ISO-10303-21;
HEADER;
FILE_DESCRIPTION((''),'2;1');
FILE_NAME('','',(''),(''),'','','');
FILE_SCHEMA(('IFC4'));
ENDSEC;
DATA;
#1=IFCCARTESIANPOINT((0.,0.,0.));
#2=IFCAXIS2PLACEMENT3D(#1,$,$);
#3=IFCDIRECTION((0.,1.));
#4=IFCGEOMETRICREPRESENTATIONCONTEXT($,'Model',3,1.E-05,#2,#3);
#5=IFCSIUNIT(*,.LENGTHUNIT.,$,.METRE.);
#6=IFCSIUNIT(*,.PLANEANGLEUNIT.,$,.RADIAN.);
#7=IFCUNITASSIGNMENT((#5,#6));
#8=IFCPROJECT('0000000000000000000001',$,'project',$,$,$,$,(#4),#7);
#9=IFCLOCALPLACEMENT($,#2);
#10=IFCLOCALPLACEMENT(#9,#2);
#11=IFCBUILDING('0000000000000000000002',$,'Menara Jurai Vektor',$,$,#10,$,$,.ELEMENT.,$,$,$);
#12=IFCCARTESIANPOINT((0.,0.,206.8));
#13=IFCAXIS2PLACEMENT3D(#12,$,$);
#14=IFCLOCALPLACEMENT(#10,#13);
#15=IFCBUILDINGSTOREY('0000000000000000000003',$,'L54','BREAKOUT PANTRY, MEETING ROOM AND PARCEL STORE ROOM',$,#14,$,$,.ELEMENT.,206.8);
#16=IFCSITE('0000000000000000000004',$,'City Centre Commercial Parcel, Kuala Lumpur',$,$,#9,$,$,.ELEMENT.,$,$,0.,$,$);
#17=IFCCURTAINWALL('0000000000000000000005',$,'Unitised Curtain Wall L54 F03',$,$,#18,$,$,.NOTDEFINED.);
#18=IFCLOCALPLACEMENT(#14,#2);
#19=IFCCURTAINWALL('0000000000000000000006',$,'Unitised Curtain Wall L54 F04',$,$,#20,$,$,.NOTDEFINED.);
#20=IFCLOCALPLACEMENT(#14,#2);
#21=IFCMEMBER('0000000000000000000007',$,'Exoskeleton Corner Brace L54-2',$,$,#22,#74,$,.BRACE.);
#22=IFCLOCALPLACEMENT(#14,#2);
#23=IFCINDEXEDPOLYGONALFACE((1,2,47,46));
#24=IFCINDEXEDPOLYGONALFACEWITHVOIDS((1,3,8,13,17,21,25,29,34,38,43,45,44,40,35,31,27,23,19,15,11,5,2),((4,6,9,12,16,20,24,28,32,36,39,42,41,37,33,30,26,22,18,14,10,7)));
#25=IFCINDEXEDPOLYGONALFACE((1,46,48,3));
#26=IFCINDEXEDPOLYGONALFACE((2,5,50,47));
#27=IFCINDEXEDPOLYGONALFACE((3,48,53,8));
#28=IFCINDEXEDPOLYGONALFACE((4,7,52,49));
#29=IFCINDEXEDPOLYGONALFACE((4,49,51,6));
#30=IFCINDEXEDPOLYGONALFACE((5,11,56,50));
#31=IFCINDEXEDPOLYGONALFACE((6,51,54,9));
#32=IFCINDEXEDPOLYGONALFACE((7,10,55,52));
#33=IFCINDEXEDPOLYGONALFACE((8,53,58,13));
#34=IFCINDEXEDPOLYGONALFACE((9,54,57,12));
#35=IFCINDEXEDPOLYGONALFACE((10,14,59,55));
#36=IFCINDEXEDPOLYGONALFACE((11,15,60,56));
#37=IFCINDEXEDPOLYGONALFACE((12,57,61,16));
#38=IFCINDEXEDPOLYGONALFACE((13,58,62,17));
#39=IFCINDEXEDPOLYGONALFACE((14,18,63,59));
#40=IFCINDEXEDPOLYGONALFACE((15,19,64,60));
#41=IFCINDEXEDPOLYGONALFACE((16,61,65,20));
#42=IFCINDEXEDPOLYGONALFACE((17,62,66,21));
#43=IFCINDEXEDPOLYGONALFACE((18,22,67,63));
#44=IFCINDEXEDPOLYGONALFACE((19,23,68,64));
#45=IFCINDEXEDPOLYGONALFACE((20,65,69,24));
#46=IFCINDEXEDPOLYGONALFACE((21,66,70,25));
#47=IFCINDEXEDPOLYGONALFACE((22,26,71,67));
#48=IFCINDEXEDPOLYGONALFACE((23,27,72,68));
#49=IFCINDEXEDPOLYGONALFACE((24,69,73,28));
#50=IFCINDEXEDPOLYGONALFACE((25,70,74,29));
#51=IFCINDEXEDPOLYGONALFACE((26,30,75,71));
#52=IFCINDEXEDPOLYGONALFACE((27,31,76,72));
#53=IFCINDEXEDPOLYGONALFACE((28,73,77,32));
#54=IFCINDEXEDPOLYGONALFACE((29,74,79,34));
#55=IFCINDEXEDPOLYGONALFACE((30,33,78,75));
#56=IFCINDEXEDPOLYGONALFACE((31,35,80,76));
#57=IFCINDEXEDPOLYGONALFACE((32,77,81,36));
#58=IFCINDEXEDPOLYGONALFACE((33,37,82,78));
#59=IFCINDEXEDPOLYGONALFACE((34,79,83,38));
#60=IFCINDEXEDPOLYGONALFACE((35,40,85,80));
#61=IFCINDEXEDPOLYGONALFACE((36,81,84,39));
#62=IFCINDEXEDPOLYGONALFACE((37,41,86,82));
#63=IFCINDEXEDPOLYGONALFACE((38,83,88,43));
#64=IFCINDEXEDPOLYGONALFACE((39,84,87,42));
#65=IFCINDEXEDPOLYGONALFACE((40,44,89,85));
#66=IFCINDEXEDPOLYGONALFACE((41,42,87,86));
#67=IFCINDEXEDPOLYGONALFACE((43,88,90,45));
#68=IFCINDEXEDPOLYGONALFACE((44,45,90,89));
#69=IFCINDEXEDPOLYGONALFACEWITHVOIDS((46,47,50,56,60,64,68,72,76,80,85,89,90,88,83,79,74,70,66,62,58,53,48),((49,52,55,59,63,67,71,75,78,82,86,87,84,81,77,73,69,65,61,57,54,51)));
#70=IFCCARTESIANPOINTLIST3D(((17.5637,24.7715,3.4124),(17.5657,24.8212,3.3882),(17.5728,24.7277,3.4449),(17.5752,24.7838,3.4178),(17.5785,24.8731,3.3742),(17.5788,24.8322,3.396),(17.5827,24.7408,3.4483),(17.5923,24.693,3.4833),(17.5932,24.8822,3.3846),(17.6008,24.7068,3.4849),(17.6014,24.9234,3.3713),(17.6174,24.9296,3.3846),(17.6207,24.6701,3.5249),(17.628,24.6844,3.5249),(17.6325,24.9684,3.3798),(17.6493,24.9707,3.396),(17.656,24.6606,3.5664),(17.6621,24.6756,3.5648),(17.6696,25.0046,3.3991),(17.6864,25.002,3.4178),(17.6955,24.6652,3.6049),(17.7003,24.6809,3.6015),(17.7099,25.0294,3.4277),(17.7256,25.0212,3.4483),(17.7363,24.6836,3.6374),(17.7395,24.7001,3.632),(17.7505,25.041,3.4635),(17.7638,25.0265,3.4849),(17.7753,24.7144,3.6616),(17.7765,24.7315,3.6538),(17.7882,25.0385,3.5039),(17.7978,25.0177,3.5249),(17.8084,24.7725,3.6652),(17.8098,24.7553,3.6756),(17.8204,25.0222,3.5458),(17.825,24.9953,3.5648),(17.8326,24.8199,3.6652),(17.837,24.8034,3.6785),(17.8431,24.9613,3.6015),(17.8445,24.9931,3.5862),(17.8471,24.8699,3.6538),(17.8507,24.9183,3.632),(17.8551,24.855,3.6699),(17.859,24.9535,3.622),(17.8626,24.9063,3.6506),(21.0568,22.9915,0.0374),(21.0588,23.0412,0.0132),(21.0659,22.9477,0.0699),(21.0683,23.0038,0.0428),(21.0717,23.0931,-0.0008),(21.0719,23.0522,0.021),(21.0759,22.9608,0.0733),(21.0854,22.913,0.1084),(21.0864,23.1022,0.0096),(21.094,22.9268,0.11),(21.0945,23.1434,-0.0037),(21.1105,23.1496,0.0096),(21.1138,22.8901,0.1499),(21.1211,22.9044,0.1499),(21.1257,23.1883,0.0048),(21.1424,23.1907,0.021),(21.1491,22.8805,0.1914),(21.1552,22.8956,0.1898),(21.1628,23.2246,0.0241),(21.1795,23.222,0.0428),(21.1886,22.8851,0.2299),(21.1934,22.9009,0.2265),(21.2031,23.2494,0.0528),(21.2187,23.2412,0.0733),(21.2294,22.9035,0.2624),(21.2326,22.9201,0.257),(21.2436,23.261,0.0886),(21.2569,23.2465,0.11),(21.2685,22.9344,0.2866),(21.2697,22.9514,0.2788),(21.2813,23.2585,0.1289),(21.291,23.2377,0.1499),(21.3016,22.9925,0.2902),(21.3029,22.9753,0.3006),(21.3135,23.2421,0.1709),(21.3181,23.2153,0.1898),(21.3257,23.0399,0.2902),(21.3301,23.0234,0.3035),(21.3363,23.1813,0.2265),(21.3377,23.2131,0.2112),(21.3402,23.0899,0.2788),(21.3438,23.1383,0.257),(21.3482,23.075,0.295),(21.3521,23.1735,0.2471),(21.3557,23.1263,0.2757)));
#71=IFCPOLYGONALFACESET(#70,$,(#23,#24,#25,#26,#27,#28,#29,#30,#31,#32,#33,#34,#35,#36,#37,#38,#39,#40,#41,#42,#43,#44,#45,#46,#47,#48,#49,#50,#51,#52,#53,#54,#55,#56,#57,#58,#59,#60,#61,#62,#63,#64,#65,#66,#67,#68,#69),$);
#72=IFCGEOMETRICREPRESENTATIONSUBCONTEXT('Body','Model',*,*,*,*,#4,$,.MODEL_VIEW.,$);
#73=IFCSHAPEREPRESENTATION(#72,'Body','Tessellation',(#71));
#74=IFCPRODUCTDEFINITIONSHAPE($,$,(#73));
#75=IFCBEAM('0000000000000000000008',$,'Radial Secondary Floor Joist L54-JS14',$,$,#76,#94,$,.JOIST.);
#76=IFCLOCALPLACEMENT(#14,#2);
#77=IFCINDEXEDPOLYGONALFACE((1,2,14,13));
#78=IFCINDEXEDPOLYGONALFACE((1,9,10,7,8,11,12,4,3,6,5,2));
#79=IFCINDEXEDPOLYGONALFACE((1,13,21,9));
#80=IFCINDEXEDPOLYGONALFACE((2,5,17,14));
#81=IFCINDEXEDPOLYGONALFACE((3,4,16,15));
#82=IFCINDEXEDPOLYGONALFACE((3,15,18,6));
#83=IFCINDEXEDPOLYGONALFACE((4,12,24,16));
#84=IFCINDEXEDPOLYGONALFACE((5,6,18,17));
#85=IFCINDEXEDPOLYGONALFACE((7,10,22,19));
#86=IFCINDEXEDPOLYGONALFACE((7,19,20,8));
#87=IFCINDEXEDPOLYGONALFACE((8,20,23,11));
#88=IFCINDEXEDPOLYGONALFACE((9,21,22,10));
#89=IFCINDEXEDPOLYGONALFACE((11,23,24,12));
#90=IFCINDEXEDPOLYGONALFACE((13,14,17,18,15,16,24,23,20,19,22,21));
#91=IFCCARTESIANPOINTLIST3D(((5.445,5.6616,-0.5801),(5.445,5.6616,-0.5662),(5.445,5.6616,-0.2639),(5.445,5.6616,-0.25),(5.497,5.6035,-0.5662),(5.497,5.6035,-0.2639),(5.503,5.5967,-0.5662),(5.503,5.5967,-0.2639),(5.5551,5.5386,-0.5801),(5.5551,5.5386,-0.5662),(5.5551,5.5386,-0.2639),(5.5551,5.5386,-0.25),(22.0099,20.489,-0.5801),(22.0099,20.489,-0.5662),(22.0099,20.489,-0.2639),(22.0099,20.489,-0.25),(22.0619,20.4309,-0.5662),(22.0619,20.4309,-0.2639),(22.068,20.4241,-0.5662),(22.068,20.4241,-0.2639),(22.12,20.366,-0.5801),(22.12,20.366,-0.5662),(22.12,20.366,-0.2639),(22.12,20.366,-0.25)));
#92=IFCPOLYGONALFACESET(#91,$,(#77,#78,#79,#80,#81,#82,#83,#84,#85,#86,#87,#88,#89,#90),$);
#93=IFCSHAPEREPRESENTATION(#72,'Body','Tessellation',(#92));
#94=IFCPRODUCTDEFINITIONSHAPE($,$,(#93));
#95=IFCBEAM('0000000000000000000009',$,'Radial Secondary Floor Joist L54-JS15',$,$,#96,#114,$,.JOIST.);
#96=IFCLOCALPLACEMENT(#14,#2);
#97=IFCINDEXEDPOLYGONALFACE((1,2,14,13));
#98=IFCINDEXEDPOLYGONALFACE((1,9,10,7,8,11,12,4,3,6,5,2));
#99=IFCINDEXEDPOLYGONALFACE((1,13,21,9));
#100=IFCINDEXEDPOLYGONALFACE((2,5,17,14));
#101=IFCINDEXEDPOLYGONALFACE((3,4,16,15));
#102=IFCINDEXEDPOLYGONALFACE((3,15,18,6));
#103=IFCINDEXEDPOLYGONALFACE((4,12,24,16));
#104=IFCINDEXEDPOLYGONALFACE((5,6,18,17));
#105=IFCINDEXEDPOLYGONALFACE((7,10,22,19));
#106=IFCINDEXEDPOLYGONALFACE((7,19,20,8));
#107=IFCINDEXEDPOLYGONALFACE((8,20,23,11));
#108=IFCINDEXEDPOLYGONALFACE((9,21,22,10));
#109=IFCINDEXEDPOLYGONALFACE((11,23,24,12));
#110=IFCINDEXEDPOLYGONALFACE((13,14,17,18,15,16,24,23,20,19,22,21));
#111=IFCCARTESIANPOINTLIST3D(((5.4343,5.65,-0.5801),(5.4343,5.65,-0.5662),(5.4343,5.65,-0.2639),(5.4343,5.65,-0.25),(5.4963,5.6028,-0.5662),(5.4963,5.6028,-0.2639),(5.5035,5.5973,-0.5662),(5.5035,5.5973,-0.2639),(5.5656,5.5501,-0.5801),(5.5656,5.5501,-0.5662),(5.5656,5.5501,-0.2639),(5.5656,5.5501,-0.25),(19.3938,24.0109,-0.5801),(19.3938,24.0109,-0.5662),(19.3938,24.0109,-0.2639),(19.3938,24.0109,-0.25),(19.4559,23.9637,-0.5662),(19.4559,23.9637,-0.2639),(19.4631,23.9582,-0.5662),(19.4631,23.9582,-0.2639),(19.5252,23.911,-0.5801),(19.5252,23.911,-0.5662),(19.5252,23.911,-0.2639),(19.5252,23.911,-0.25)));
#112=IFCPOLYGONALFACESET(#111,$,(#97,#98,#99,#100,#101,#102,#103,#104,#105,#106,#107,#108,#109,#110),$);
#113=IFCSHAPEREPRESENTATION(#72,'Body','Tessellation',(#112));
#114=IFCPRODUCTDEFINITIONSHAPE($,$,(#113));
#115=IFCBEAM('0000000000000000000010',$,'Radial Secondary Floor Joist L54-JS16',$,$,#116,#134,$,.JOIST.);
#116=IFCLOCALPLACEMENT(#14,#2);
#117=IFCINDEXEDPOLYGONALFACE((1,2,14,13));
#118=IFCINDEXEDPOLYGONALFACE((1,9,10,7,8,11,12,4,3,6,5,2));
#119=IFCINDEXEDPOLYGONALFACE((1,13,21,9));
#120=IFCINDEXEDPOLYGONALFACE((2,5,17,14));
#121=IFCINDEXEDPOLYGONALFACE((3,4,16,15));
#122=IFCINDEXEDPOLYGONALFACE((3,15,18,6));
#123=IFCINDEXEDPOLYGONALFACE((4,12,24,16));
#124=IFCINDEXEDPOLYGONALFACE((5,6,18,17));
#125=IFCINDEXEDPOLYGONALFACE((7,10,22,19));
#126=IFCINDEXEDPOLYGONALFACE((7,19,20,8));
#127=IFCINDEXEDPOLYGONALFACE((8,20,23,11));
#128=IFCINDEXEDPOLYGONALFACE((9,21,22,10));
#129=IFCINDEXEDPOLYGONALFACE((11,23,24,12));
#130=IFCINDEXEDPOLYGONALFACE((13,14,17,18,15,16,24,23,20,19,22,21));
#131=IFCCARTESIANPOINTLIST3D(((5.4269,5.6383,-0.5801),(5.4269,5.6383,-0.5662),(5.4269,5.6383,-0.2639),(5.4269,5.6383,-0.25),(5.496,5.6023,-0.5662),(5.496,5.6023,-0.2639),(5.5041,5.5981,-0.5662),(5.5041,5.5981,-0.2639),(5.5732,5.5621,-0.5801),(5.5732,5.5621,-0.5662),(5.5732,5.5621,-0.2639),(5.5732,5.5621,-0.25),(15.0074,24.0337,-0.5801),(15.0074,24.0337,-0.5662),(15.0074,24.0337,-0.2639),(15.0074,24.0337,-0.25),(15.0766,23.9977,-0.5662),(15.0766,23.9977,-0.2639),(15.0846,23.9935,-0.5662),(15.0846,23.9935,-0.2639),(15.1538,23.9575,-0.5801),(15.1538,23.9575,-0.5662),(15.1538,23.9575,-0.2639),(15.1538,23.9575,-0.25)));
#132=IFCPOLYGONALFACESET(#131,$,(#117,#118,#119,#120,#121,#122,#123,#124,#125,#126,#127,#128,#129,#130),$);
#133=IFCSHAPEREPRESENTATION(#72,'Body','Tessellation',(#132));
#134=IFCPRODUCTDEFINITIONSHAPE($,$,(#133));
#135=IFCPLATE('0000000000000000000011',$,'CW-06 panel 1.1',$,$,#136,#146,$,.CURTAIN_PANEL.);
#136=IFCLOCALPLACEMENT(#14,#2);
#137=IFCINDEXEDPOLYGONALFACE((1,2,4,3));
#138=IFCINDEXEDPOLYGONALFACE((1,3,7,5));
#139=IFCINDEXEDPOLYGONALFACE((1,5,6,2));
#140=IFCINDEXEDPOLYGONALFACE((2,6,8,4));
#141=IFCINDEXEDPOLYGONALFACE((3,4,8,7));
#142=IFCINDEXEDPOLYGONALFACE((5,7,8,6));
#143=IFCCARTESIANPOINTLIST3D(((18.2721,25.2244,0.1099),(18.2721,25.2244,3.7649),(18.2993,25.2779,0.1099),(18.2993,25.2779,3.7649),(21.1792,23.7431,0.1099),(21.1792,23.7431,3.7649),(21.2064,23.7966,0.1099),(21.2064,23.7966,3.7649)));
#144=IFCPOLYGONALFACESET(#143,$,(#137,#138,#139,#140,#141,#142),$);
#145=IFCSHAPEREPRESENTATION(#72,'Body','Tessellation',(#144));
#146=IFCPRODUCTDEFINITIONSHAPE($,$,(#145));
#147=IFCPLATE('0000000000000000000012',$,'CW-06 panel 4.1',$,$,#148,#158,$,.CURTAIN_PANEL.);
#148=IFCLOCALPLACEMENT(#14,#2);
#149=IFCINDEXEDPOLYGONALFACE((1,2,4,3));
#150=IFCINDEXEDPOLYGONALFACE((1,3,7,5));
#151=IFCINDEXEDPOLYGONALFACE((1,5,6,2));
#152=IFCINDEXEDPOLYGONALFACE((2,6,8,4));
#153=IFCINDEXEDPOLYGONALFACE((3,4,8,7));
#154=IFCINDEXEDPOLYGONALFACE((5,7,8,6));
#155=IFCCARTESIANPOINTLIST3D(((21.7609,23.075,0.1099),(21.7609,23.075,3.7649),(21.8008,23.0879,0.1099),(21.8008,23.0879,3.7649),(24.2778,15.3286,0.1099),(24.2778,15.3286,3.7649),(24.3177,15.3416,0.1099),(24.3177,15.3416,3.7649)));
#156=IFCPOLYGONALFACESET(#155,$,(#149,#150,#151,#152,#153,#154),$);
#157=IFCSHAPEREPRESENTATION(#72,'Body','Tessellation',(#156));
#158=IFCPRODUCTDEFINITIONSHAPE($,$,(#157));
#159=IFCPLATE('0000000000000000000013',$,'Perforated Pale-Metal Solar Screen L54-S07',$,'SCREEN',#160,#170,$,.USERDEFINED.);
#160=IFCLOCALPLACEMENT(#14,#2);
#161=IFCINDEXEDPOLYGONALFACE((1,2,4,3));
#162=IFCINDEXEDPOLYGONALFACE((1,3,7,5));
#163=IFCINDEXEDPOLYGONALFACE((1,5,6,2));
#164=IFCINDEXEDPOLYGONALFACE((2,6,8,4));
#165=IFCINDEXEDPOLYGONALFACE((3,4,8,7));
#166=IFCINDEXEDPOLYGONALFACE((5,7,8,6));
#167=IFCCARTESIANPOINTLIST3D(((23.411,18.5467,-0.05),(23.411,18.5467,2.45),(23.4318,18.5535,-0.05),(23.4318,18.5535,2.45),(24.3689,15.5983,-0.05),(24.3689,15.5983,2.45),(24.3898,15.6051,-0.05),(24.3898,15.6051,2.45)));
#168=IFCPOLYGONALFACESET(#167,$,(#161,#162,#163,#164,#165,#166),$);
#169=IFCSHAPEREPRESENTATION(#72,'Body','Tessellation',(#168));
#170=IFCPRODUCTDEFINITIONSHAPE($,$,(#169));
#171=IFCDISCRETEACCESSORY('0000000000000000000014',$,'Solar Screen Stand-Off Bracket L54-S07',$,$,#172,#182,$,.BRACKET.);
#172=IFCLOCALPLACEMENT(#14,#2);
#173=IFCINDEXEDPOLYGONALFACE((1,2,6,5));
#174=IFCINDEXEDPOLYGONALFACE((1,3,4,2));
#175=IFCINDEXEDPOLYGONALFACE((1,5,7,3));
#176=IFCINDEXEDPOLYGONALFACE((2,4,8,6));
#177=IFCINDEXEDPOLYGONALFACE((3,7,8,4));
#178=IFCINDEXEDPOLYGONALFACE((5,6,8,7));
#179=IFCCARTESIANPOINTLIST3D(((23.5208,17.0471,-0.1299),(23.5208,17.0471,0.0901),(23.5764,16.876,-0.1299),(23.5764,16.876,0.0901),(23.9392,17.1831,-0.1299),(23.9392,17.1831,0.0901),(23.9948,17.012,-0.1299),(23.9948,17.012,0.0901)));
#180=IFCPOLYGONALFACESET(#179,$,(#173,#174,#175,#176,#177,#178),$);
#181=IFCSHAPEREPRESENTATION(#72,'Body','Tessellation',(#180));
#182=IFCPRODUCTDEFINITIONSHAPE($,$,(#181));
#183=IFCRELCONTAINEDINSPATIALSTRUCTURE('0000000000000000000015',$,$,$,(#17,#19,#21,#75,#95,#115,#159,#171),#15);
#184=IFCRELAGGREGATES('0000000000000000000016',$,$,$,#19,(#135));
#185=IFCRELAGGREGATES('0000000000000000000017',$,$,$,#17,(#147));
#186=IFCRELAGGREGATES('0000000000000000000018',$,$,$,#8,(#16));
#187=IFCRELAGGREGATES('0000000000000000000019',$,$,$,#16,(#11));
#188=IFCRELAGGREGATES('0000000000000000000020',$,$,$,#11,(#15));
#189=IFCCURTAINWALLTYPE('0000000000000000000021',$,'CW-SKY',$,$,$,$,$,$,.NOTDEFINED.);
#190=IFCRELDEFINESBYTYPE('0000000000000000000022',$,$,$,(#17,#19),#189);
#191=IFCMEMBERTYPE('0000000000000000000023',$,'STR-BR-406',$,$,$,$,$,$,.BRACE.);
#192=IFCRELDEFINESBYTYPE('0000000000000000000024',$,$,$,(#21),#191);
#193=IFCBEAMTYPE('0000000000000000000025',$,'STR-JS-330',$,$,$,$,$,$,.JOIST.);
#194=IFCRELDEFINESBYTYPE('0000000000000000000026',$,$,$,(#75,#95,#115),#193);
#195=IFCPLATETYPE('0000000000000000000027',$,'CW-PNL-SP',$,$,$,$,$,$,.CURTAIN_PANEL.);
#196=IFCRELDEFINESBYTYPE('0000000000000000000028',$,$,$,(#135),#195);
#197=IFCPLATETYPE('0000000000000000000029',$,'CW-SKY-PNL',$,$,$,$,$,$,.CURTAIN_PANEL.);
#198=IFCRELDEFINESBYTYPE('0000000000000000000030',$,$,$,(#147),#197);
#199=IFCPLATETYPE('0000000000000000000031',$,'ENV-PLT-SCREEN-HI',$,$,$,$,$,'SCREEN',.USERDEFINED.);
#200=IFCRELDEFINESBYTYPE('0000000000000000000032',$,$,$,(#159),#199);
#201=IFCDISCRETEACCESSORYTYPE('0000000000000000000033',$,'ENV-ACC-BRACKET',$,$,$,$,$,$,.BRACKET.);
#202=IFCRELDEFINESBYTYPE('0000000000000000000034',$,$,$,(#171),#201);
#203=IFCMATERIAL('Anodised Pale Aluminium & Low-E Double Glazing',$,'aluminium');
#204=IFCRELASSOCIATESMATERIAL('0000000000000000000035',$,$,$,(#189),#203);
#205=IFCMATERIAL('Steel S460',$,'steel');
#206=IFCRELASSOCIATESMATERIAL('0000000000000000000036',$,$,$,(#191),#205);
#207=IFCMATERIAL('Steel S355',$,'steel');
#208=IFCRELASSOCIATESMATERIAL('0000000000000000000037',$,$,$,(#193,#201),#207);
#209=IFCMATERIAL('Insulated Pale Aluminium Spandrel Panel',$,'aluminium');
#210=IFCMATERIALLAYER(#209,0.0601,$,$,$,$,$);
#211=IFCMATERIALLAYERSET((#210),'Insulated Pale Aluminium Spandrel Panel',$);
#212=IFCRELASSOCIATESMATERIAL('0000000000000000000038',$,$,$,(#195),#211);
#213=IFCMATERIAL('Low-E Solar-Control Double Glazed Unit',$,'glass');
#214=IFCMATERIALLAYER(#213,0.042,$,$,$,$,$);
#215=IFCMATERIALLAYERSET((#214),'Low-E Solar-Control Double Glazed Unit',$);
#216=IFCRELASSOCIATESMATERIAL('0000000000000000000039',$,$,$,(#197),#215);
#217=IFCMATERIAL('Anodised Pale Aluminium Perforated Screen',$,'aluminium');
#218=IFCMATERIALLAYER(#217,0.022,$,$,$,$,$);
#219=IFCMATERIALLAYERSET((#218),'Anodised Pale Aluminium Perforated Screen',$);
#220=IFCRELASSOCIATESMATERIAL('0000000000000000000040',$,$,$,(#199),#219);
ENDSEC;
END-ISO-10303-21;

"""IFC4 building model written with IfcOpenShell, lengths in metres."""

from ifc_helpers import new_model, si_unit, direction, frame, origin, origin_2d, place, context, subcontext, project, spatial, rectangle, hollow_circle, i_section, extrude, material, layer, layer_set, material_profile, profile_set, type_object, element, aggregate, save


model = new_model("IFC4")

# Units and contexts
model_context = context("Model", 3, precision=1e-05, world=origin(), true_north=direction((0.0, 1.0)))
body_context = subcontext(model_context, "Body", "Model", "MODEL_VIEW")
ifc_project = project(units=[si_unit("LENGTHUNIT", "METRE"), si_unit("PLANEANGLEUNIT", "RADIAN")], contexts=[model_context])

# Site, building, storey
site_placement = place(None, origin())
site = spatial("IfcSite", under=ifc_project, at=site_placement, Name="City Centre Commercial Parcel, Kuala Lumpur", CompositionType="ELEMENT", RefElevation=0.0)
building_placement = place(site_placement, origin())
building = spatial("IfcBuilding", under=site, at=building_placement, Name="Menara Jurai Vektor", CompositionType="ELEMENT")
storey_placement = place(building_placement, frame((0.0, 0.0, 206.8)))
storey = spatial("IfcBuildingStorey", under=building, at=storey_placement, Name="L54", Description="BREAKOUT PANTRY, MEETING ROOM AND PARCEL STORE ROOM", CompositionType="ELEMENT", Elevation=206.8)

# Shared definitions
ifc_material_1 = material(Name="Steel S460", Category="steel")

# Curtain wall
ifc_material_2 = material(Name="Anodised Pale Aluminium & Low-E Double Glazing", Category="aluminium")
curtain_wall_type = type_object("IfcCurtainWallType", Name="CW-SKY", PredefinedType="NOTDEFINED", material=ifc_material_2)
curtain_wall_1_placement = place(storey_placement, origin())
curtain_wall_1 = element("IfcCurtainWall", 1, at=curtain_wall_1_placement, inside=storey, type_object=curtain_wall_type, Name="Unitised Curtain Wall L54 F03", PredefinedType="NOTDEFINED")

# Curtain wall
curtain_wall_2_placement = place(storey_placement, origin())
curtain_wall_2 = element("IfcCurtainWall", 2, at=curtain_wall_2_placement, inside=storey, type_object=curtain_wall_type, Name="Unitised Curtain Wall L54 F04", PredefinedType="NOTDEFINED")

# Shared definitions
ifc_material_3 = material(Name="Steel S355", Category="steel")

# Member
ifc_material_profile_1 = material_profile(ifc_material_1, hollow_circle(Radius=0.2031, WallThickness=0.0161, at=origin_2d()), Name="CHS 406.4x16")
ifc_profile_set_1 = profile_set([ifc_material_profile_1], Name="Steel S460")
member_type_1 = type_object("IfcMemberType", Name="STR-BR-406", PredefinedType="BRACE", material=ifc_profile_set_1)
member_1_placement = place(storey_placement, frame((21.2061, 23.071, 0.1499), z_axis=(-0.675251, 0.344091, 0.652409), x_axis=(-0.454026, -0.890989, 0.0)))
element("IfcMember", 3, at=member_1_placement, inside=storey, type_object=member_type_1, Name="Exoskeleton Corner Brace L54-2", PredefinedType="BRACE", context=body_context, shape_type="SweptSolid", body=[
    extrude(hollow_circle(Radius=0.2031, WallThickness=0.0161, at=origin_2d()), origin(), (0.0, 0.0, 1.0), 5.1731),
])

# Beams
ifc_material_profile_2 = material_profile(ifc_material_3, i_section(OverallWidth=0.165, OverallDepth=0.3301, WebThickness=0.009, FlangeThickness=0.0139, at=origin_2d()), Name="PG 330x165x46")
ifc_profile_set_2 = profile_set([ifc_material_profile_2], Name="Steel S355")
beam_type_1 = type_object("IfcBeamType", Name="STR-JS-330", PredefinedType="JOIST", material=ifc_profile_set_2)
beam_1_placement = place(storey_placement, frame((22.0649, 20.4275, -0.415), z_axis=(-0.745104, -0.666948, 0.0), x_axis=(0.666948, -0.745104, 0.0)))
element("IfcBeam", 4, at=beam_1_placement, inside=storey, type_object=beam_type_1, Name="Radial Secondary Floor Joist L54-JS14", PredefinedType="JOIST", context=body_context, shape_type="SweptSolid", body=[
    extrude(i_section(OverallWidth=0.165, OverallDepth=0.3301, WebThickness=0.009, FlangeThickness=0.0139, at=origin_2d()), origin(), (0.0, 0.0, 1.0), 22.2317),
])
beam_2_placement = place(storey_placement, frame((19.4595, 23.9609, -0.415), z_axis=(-0.605227, -0.796053, 0.0), x_axis=(0.796053, -0.605227, 0.0)))
element("IfcBeam", 5, at=beam_2_placement, inside=storey, type_object=beam_type_1, Name="Radial Secondary Floor Joist L54-JS15", PredefinedType="JOIST", context=body_context, shape_type="SweptSolid", body=[
    extrude(i_section(OverallWidth=0.165, OverallDepth=0.3301, WebThickness=0.009, FlangeThickness=0.0139, at=origin_2d()), origin(), (0.0, 0.0, 1.0), 23.0649),
])
beam_3_placement = place(storey_placement, frame((15.0806, 23.9956, -0.415), z_axis=(-0.461918, -0.886923, 0.0), x_axis=(0.886923, -0.461918, 0.0)))
element("IfcBeam", 6, at=beam_3_placement, inside=storey, type_object=beam_type_1, Name="Radial Secondary Floor Joist L54-JS16", PredefinedType="JOIST", context=body_context, shape_type="SweptSolid", body=[
    extrude(i_section(OverallWidth=0.165, OverallDepth=0.3301, WebThickness=0.009, FlangeThickness=0.0139, at=origin_2d()), origin(), (0.0, 0.0, 1.0), 20.7407),
])

# Plates
ifc_material_4 = material(Name="Insulated Pale Aluminium Spandrel Panel", Category="aluminium")
ifc_layer_1 = layer(ifc_material_4, 0.0601)
ifc_layer_set_1 = layer_set([ifc_layer_1], Name="Insulated Pale Aluminium Spandrel Panel")
plate_type_1 = type_object("IfcPlateType", Name="CW-PNL-SP", PredefinedType="CURTAIN_PANEL", material=ifc_layer_set_1)
plate_1_placement = place(storey_placement, frame((19.7393, 24.5105, 0.1099), z_axis=(0.0, 0.0, 1.0), x_axis=(-0.891008, 0.453989, 0.0)))
plate_1 = element("IfcPlate", 7, at=plate_1_placement, type_object=plate_type_1, Name="CW-06 panel 1.1", PredefinedType="CURTAIN_PANEL", context=body_context, shape_type="SweptSolid", body=[
    extrude(rectangle(XDim=3.2627, YDim=0.0601, at=origin_2d()), origin(), (0.0, 0.0, 1.0), 3.655),
])
aggregate(curtain_wall_2, [plate_1])
ifc_material_5 = material(Name="Low-E Solar-Control Double Glazed Unit", Category="glass")
ifc_layer_2 = layer(ifc_material_5, 0.042)
ifc_layer_set_2 = layer_set([ifc_layer_2], Name="Low-E Solar-Control Double Glazed Unit")
plate_type_2 = type_object("IfcPlateType", Name="CW-SKY-PNL", PredefinedType="CURTAIN_PANEL", material=ifc_layer_set_2)
plate_2_placement = place(storey_placement, frame((23.0393, 19.2083, 0.1099), z_axis=(0.0, 0.0, 1.0), x_axis=(-0.309016, 0.951057, 0.0)))
plate_2 = element("IfcPlate", 8, at=plate_2_placement, type_object=plate_type_2, Name="CW-06 panel 4.1", PredefinedType="CURTAIN_PANEL", context=body_context, shape_type="SweptSolid", body=[
    extrude(rectangle(XDim=8.145, YDim=0.042, at=origin_2d()), origin(), (0.0, 0.0, 1.0), 3.655),
])
aggregate(curtain_wall_1, [plate_2])
ifc_material_6 = material(Name="Anodised Pale Aluminium Perforated Screen", Category="aluminium")
ifc_layer_3 = layer(ifc_material_6, 0.022)
ifc_layer_set_3 = layer_set([ifc_layer_3], Name="Anodised Pale Aluminium Perforated Screen")
plate_type_3 = type_object("IfcPlateType", Name="ENV-PLT-SCREEN-HI", ElementType="SCREEN", PredefinedType="USERDEFINED", material=ifc_layer_set_3)
plate_3_placement = place(storey_placement, frame((23.9004, 17.0759, -0.05), z_axis=(0.0, 0.0, 1.0), x_axis=(-0.309017, 0.951057, 0.0)))
element("IfcPlate", 9, at=plate_3_placement, inside=storey, type_object=plate_type_3, Name="Perforated Pale-Metal Solar Screen L54-S07", ObjectType="SCREEN", PredefinedType="USERDEFINED", context=body_context, shape_type="SweptSolid", body=[
    extrude(rectangle(XDim=3.1001, YDim=0.022, at=origin_2d()), origin(), (0.0, 0.0, 1.0), 2.5),
])

# Discrete accessory
discrete_accessory_type = type_object("IfcDiscreteAccessoryType", Name="ENV-ACC-BRACKET", PredefinedType="BRACKET", material=ifc_material_3)
discrete_accessory_placement = place(storey_placement, frame((23.7578, 17.0295, -0.1299), z_axis=(0.0, 0.0, 1.0), x_axis=(-0.309017, 0.951057, 0.0)))
element("IfcDiscreteAccessory", 10, at=discrete_accessory_placement, inside=storey, type_object=discrete_accessory_type, Name="Solar Screen Stand-Off Bracket L54-S07", PredefinedType="BRACKET", context=body_context, shape_type="SweptSolid", body=[
    extrude(rectangle(XDim=0.1799, YDim=0.4399, at=origin_2d()), origin(), (0.0, 0.0, 1.0), 0.22),
])

save(model, "model.ifc")
